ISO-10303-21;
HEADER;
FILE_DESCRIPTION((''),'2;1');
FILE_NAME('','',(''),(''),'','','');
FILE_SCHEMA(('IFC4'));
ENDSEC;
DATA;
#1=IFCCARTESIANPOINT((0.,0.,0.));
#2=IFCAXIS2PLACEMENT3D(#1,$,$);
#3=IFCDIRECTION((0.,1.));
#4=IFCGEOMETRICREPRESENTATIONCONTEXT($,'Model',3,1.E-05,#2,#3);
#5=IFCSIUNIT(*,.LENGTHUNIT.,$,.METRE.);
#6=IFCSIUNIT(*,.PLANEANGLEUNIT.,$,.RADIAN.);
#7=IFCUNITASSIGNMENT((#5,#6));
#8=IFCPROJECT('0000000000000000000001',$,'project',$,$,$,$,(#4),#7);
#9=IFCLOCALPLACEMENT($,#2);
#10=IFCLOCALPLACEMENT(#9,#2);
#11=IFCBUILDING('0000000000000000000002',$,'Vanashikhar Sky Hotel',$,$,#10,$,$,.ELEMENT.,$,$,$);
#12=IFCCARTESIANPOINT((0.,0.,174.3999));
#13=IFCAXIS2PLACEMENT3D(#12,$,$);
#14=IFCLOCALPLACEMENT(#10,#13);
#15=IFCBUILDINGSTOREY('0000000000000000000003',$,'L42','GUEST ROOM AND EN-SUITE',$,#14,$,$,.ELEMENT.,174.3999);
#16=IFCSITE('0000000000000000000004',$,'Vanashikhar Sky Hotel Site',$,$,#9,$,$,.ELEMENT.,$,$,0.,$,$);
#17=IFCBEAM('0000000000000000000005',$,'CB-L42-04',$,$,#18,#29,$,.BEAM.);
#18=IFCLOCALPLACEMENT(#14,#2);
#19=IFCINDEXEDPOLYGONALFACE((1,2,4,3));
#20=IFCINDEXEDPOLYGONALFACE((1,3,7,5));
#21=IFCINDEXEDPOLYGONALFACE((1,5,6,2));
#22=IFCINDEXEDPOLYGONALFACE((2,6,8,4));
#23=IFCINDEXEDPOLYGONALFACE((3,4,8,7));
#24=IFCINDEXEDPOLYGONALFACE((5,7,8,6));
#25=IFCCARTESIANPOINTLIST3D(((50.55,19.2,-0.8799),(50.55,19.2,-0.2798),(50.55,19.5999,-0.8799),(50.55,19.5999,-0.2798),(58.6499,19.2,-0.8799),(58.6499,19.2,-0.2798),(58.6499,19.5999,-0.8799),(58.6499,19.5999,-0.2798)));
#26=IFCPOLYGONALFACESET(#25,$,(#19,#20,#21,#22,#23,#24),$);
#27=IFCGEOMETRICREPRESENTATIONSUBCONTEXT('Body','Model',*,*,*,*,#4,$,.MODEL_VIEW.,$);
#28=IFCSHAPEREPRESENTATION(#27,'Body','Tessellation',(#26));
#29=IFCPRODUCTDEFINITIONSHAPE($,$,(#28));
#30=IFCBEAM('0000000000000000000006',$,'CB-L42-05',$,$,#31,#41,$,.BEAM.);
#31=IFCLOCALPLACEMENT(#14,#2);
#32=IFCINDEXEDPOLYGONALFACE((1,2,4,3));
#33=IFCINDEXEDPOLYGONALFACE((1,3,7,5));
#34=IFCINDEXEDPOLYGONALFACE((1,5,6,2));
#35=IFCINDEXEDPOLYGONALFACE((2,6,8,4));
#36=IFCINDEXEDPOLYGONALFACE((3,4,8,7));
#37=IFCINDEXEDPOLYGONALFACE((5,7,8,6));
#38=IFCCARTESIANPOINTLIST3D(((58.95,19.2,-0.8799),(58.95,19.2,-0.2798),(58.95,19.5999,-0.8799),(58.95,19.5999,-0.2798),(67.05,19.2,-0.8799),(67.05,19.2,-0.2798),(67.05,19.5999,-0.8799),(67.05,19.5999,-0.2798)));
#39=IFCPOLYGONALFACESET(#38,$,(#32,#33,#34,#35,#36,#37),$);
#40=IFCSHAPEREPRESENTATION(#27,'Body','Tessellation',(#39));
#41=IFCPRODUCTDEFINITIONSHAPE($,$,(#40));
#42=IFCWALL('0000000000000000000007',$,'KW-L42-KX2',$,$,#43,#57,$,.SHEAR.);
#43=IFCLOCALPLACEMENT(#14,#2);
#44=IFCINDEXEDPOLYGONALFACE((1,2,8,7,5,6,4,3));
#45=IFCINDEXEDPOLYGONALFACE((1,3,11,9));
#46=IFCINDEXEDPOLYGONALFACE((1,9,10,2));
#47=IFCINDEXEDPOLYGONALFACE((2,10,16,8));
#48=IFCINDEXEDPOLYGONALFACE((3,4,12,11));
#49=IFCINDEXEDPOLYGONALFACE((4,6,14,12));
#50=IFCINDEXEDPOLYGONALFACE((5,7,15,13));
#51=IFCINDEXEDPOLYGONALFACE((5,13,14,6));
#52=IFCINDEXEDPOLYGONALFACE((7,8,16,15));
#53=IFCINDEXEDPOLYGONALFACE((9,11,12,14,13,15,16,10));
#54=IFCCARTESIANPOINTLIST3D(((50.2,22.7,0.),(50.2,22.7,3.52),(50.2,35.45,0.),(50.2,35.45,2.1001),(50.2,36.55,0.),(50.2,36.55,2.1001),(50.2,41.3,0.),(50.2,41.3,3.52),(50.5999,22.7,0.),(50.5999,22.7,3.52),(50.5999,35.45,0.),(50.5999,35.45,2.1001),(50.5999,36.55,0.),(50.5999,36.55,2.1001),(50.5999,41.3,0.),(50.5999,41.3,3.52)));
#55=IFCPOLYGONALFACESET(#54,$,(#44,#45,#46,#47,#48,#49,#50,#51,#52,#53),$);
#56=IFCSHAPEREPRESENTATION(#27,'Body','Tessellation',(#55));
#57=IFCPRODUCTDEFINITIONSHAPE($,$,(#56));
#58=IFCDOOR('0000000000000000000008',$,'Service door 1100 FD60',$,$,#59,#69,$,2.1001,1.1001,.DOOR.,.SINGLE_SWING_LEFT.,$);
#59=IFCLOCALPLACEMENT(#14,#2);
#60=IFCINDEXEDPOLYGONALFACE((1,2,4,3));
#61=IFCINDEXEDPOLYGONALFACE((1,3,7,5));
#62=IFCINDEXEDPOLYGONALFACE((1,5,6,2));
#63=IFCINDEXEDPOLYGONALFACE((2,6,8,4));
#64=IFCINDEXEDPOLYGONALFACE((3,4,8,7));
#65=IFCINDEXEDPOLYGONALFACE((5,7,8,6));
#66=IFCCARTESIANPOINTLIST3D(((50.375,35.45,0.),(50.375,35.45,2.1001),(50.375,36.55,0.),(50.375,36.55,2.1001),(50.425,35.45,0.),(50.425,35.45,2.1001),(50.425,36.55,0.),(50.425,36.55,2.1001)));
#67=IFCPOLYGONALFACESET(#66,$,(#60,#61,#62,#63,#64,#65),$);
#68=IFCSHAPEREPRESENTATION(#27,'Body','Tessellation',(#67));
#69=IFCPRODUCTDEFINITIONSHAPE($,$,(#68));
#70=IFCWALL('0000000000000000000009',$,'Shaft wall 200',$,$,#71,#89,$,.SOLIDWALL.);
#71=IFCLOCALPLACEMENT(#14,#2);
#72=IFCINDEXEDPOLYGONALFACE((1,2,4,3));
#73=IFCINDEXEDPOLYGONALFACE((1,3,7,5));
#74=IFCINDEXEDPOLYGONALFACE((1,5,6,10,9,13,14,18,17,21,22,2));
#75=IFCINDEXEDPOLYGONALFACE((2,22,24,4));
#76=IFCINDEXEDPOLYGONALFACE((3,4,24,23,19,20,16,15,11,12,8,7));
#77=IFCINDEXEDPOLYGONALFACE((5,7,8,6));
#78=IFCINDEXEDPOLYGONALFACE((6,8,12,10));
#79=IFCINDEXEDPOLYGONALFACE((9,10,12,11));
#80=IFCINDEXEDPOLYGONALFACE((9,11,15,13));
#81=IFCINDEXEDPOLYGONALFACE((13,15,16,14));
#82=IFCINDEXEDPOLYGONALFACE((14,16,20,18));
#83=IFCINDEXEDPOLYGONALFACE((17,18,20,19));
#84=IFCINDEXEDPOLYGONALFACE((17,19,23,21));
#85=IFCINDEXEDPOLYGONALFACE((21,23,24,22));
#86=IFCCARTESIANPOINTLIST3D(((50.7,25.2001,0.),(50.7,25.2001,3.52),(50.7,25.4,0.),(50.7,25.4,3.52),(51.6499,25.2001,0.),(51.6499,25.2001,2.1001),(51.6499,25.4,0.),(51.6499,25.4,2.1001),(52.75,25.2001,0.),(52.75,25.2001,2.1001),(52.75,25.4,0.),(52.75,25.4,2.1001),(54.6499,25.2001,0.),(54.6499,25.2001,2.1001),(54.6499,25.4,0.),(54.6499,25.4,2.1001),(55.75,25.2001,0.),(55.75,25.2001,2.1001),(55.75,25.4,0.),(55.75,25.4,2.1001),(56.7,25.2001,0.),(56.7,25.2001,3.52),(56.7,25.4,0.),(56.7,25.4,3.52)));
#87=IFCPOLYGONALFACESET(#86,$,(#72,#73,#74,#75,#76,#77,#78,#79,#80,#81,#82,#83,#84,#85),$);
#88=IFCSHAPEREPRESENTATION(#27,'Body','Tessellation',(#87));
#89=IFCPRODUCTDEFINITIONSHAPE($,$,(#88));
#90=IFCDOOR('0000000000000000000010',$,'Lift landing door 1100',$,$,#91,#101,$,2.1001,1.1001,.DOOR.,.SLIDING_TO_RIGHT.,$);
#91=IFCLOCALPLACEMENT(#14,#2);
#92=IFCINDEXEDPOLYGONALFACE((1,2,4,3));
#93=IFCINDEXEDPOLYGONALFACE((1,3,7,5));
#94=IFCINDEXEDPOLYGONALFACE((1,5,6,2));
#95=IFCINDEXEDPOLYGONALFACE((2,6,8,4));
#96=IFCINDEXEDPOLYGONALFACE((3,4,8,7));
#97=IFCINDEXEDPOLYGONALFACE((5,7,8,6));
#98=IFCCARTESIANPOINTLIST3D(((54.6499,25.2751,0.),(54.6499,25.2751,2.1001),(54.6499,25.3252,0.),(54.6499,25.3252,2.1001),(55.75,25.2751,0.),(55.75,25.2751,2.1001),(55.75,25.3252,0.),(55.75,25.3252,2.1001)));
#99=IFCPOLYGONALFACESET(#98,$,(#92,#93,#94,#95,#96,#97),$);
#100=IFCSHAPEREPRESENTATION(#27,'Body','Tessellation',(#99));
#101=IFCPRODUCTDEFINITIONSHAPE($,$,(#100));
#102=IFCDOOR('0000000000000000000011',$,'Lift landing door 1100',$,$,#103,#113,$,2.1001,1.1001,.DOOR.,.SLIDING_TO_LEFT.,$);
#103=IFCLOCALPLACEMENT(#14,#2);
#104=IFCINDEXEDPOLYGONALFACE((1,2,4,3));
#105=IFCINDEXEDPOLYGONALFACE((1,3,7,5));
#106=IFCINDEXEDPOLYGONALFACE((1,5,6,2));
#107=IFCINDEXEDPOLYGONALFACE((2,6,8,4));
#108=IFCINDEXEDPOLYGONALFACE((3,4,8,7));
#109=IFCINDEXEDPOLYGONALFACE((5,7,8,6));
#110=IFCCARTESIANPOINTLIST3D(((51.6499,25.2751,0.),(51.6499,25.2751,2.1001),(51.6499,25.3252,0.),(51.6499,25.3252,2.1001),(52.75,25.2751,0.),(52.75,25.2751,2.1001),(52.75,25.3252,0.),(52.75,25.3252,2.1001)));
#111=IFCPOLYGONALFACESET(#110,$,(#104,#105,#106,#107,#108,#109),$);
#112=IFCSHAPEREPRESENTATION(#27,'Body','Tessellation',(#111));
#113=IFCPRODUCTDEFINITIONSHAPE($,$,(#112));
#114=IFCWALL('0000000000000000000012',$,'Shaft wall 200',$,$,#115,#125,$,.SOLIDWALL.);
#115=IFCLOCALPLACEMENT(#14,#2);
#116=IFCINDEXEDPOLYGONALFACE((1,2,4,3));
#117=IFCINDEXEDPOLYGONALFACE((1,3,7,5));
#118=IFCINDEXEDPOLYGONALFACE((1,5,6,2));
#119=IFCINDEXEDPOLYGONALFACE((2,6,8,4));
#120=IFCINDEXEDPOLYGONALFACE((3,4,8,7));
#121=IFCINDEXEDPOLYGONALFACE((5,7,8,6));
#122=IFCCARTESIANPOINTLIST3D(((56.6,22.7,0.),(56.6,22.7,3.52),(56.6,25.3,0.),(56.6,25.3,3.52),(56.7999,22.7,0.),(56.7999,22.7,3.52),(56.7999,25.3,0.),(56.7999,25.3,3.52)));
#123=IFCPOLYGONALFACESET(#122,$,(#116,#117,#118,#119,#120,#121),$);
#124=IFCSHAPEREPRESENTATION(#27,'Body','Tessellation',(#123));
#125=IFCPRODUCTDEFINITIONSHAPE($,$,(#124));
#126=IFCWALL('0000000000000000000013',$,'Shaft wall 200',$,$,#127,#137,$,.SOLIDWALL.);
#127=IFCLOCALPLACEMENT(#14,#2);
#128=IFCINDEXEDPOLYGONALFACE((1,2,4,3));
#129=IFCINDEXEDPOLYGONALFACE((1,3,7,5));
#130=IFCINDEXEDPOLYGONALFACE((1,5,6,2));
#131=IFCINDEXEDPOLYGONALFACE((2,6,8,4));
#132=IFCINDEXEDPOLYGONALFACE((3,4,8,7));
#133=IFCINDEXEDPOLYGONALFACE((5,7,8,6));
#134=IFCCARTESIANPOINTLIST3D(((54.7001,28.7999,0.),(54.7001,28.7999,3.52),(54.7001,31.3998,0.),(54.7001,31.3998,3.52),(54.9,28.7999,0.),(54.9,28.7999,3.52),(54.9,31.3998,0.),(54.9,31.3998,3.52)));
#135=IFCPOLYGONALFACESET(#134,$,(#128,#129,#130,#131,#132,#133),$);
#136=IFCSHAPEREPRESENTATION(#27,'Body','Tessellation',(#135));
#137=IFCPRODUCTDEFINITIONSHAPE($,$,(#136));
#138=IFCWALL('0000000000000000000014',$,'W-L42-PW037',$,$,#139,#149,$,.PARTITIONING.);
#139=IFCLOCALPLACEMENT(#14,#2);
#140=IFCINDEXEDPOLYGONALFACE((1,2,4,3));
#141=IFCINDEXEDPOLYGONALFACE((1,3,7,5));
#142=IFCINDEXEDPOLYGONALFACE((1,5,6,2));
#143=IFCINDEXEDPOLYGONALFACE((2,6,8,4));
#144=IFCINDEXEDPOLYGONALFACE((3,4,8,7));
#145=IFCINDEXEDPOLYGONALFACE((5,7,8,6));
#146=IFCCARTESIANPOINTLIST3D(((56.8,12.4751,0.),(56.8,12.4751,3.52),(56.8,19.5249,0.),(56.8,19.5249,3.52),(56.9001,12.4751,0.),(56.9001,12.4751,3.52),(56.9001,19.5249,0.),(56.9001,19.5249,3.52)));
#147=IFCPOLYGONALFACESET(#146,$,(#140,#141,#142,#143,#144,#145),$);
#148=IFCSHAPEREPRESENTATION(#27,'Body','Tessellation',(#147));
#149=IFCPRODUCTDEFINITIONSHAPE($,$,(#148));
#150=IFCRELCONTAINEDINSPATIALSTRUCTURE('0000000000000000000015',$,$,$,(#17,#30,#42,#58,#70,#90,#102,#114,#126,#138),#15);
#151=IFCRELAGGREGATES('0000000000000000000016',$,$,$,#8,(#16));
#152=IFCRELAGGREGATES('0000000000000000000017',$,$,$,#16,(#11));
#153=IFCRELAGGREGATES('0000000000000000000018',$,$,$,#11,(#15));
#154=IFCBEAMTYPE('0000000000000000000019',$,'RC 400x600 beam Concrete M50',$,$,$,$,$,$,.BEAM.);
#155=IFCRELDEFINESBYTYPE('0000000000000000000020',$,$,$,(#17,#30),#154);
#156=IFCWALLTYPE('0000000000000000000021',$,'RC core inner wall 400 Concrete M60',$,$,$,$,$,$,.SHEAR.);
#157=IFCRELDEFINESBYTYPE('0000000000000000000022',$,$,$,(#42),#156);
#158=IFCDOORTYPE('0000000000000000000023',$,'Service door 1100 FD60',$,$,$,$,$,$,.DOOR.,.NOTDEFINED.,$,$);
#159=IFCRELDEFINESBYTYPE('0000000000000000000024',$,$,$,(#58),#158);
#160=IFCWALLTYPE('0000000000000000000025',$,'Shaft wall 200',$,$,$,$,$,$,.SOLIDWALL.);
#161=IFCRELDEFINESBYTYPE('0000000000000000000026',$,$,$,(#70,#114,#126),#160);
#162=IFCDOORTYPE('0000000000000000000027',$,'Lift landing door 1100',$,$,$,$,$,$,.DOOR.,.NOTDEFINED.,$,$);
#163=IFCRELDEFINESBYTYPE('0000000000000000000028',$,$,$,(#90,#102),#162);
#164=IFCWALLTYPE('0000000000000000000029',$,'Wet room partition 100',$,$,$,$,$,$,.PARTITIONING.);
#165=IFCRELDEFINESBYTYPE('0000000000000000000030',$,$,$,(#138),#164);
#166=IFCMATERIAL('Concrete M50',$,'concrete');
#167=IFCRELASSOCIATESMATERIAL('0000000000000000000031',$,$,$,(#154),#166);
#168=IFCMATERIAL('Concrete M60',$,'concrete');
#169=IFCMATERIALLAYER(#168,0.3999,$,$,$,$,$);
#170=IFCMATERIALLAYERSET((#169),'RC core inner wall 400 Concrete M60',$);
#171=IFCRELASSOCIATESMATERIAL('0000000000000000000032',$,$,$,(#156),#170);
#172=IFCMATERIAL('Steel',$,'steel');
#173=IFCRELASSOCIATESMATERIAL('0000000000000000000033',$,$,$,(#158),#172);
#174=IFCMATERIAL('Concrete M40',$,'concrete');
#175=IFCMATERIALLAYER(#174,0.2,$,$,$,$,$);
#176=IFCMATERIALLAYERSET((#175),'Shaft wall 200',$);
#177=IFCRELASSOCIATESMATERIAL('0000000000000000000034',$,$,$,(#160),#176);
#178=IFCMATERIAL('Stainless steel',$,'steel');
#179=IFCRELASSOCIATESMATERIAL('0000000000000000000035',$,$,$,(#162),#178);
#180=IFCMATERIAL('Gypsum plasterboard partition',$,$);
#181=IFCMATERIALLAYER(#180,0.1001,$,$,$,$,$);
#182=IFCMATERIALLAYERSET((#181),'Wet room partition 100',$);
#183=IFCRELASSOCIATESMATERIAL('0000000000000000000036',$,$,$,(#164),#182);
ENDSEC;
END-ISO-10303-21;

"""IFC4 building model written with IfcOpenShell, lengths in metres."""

from ifc_helpers import new_model, si_unit, direction, frame, frame_2d, origin, origin_2d, place, context, subcontext, project, spatial, rectangle, extrude, source, transform, mapped, material, layer, layer_set, material_profile, profile_set, type_object, element, fill, save


model = new_model("IFC4")

# Units and contexts
model_context = context("Model", 3, precision=1e-05, world=origin(), true_north=direction((0.0, 1.0)))
body_context = subcontext(model_context, "Body", "Model", "MODEL_VIEW")
ifc_project = project(units=[si_unit("LENGTHUNIT", "METRE"), si_unit("PLANEANGLEUNIT", "RADIAN")], contexts=[model_context])

# Site, building, storey
site_placement = place(None, origin())
site = spatial("IfcSite", under=ifc_project, at=site_placement, Name="Vanashikhar Sky Hotel Site", CompositionType="ELEMENT", RefElevation=0.0)
building_placement = place(site_placement, origin())
building = spatial("IfcBuilding", under=site, at=building_placement, Name="Vanashikhar Sky Hotel", CompositionType="ELEMENT")
storey_placement = place(building_placement, frame((0.0, 0.0, 174.3999)))
storey = spatial("IfcBuildingStorey", under=building, at=storey_placement, Name="L42", Description="GUEST ROOM AND EN-SUITE", CompositionType="ELEMENT", Elevation=174.3999)

# Beams
ifc_material_1 = material(Name="Concrete M50", Category="concrete")
ifc_material_profile = material_profile(ifc_material_1, rectangle(XDim=0.3999, YDim=0.6001, at=origin_2d()))
ifc_profile_set = profile_set([ifc_material_profile], Name="RC 400x600 beam Concrete M50")
beam_type = type_object("IfcBeamType", Name="RC 400x600 beam Concrete M50", PredefinedType="BEAM", material=ifc_profile_set)
shared_shape_1 = source(origin(), body_context, "Body", "SweptSolid", [
    extrude(rectangle(XDim=0.3999, YDim=0.6001, at=origin_2d()), origin(), (0.0, 0.0, 1.0), 8.0999),
])
beam_1_placement = place(storey_placement, frame((50.55, 19.3999, -0.5798), z_axis=(1.0, 0.0, 0.0), x_axis=(0.0, 1.0, 0.0)))
element("IfcBeam", 1, at=beam_1_placement, inside=storey, type_object=beam_type, Name="CB-L42-04", PredefinedType="BEAM", context=body_context, shape_type="MappedRepresentation", body=[
    mapped(shared_shape_1, transform((0.0, 0.0, 0.0), scale=1.0)),
])
shared_shape_2 = source(origin(), body_context, "Body", "SweptSolid", [
    extrude(rectangle(XDim=0.3999, YDim=0.6001, at=origin_2d()), origin(), (0.0, 0.0, 1.0), 8.1001),
])
beam_2_placement = place(storey_placement, frame((58.95, 19.3999, -0.5798), z_axis=(1.0, 0.0, 0.0), x_axis=(0.0, 1.0, 0.0)))
element("IfcBeam", 2, at=beam_2_placement, inside=storey, type_object=beam_type, Name="CB-L42-05", PredefinedType="BEAM", context=body_context, shape_type="MappedRepresentation", body=[
    mapped(shared_shape_2, transform((0.0, 0.0, 0.0), scale=1.0)),
])

# Wall, opening, door
ifc_material_2 = material(Name="Concrete M60", Category="concrete")
ifc_layer_1 = layer(ifc_material_2, 0.3999)
ifc_layer_set_1 = layer_set([ifc_layer_1], Name="RC core inner wall 400 Concrete M60")
wall_type_1 = type_object("IfcWallType", Name="RC core inner wall 400 Concrete M60", PredefinedType="SHEAR", material=ifc_layer_set_1)
shared_shape_3 = source(origin(), body_context, "Body", "SweptSolid", [
    extrude(rectangle(XDim=18.6001, YDim=0.3999, at=frame_2d((9.3, 0.0))), origin(), (0.0, 0.0, 1.0), 3.52),
])
wall_1_placement = place(storey_placement, frame((50.3999, 22.7, 0.0), z_axis=(0.0, 0.0, 1.0), x_axis=(0.0, 1.0, 0.0)))
wall_1 = element("IfcWall", 3, at=wall_1_placement, inside=storey, type_object=wall_type_1, Name="KW-L42-KX2", PredefinedType="SHEAR", context=body_context, shape_type="MappedRepresentation", body=[
    mapped(shared_shape_3, transform((0.0, 0.0, 0.0), scale=1.0)),
])
shared_shape_4 = source(origin(), body_context, "Body", "SweptSolid", [
    extrude(rectangle(XDim=1.1001, YDim=2.1001, at=frame_2d((0.55, 1.05))), frame((0.0, 0.21, 0.0), z_axis=(0.0, -1.0, 0.0), x_axis=(1.0, 0.0, 0.0)), (0.0, 0.0, 1.0), 0.4199),
])
opening_1_placement = place(wall_1_placement, frame((12.75, 0.0, 0.0)))
opening_1 = element("IfcOpeningElement", 4, at=opening_1_placement, cuts=wall_1, PredefinedType="OPENING", context=body_context, shape_type="MappedRepresentation", body=[
    mapped(shared_shape_4, transform((0.0, 0.0, 0.0), scale=1.0)),
])
ifc_material_3 = material(Name="Steel", Category="steel")
door_type_1 = type_object("IfcDoorType", Name="Service door 1100 FD60", OperationType="NOTDEFINED", PredefinedType="DOOR", material=ifc_material_3)
shared_shape_5 = source(origin(), body_context, "Body", "SweptSolid", [
    extrude(rectangle(XDim=1.1001, YDim=2.1001, at=frame_2d((0.55, 1.05))), frame((0.0, 0.0249, 0.0), z_axis=(0.0, -1.0, 0.0), x_axis=(1.0, 0.0, 0.0)), (0.0, 0.0, 1.0), 0.05),
])
door_1_placement = place(opening_1_placement, origin())
door_1 = element("IfcDoor", 5, at=door_1_placement, inside=storey, type_object=door_type_1, Name="Service door 1100 FD60", OperationType="SINGLE_SWING_LEFT", OverallHeight=2.1001, OverallWidth=1.1001, PredefinedType="DOOR", context=body_context, shape_type="MappedRepresentation", body=[
    mapped(shared_shape_5, transform((0.0, 0.0, 0.0), scale=1.0)),
])
fill(opening_1, door_1)

# Wall, openings, doors
ifc_material_4 = material(Name="Concrete M40", Category="concrete")
ifc_layer_2 = layer(ifc_material_4, 0.2)
ifc_layer_set_2 = layer_set([ifc_layer_2], Name="Shaft wall 200")
wall_type_2 = type_object("IfcWallType", Name="Shaft wall 200", PredefinedType="SOLIDWALL", material=ifc_layer_set_2)
shared_shape_6 = source(origin(), body_context, "Body", "SweptSolid", [
    extrude(rectangle(XDim=6.0, YDim=0.2, at=frame_2d((3.0, 0.0))), origin(), (0.0, 0.0, 1.0), 3.52),
])
wall_2_placement = place(storey_placement, frame((56.7, 25.3, 0.0), z_axis=(0.0, 0.0, 1.0), x_axis=(-1.0, 0.0, 0.0)))
wall_2 = element("IfcWall", 6, at=wall_2_placement, inside=storey, type_object=wall_type_2, Name="Shaft wall 200", PredefinedType="SOLIDWALL", context=body_context, shape_type="MappedRepresentation", body=[
    mapped(shared_shape_6, transform((0.0, 0.0, 0.0), scale=1.0)),
])
shared_shape_7 = source(origin(), body_context, "Body", "SweptSolid", [
    extrude(rectangle(XDim=1.1001, YDim=2.1001, at=frame_2d((0.55, 1.05))), frame((0.0, 0.1099, 0.0), z_axis=(0.0, -1.0, 0.0), x_axis=(1.0, 0.0, 0.0)), (0.0, 0.0, 1.0), 0.22),
])
opening_2_placement = place(wall_2_placement, frame((0.95, 0.0, 0.0)))
opening_2 = element("IfcOpeningElement", 7, at=opening_2_placement, cuts=wall_2, PredefinedType="OPENING", context=body_context, shape_type="MappedRepresentation", body=[
    mapped(shared_shape_7, transform((0.0, 0.0, 0.0), scale=1.0)),
])
opening_3_placement = place(wall_2_placement, frame((3.95, 0.0, 0.0)))
opening_3 = element("IfcOpeningElement", 8, at=opening_3_placement, cuts=wall_2, PredefinedType="OPENING", context=body_context, shape_type="MappedRepresentation", body=[
    mapped(shared_shape_7, transform((0.0, 0.0, 0.0), scale=1.0)),
])
ifc_material_5 = material(Name="Stainless steel", Category="steel")
door_type_2 = type_object("IfcDoorType", Name="Lift landing door 1100", OperationType="NOTDEFINED", PredefinedType="DOOR", material=ifc_material_5)
door_2_placement = place(opening_2_placement, origin())
door_2 = element("IfcDoor", 9, at=door_2_placement, inside=storey, type_object=door_type_2, Name="Lift landing door 1100", OperationType="SLIDING_TO_RIGHT", OverallHeight=2.1001, OverallWidth=1.1001, PredefinedType="DOOR", context=body_context, shape_type="MappedRepresentation", body=[
    mapped(shared_shape_5, transform((0.0, 0.0, 0.0), scale=1.0)),
])
fill(opening_2, door_2)
door_3_placement = place(opening_3_placement, origin())
door_3 = element("IfcDoor", 10, at=door_3_placement, inside=storey, type_object=door_type_2, Name="Lift landing door 1100", OperationType="SLIDING_TO_LEFT", OverallHeight=2.1001, OverallWidth=1.1001, PredefinedType="DOOR", context=body_context, shape_type="MappedRepresentation", body=[
    mapped(shared_shape_5, transform((0.0, 0.0, 0.0), scale=1.0)),
])
fill(opening_3, door_3)

# Walls
shared_shape_8 = source(origin(), body_context, "Body", "SweptSolid", [
    extrude(rectangle(XDim=2.6001, YDim=0.2, at=frame_2d((1.3, 0.0))), origin(), (0.0, 0.0, 1.0), 3.52),
])
wall_3_placement = place(storey_placement, frame((56.7, 22.7, 0.0), z_axis=(0.0, 0.0, 1.0), x_axis=(0.0, 1.0, 0.0)))
element("IfcWall", 11, at=wall_3_placement, inside=storey, type_object=wall_type_2, Name="Shaft wall 200", PredefinedType="SOLIDWALL", context=body_context, shape_type="MappedRepresentation", body=[
    mapped(shared_shape_8, transform((0.0, 0.0, 0.0), scale=1.0)),
])
shared_shape_9 = source(origin(), body_context, "Body", "SweptSolid", [
    extrude(rectangle(XDim=2.5999, YDim=0.2, at=frame_2d((1.2998, 0.0))), origin(), (0.0, 0.0, 1.0), 3.52),
])
wall_4_placement = place(storey_placement, frame((54.8, 28.8, 0.0), z_axis=(0.0, 0.0, 1.0), x_axis=(0.0, 1.0, 0.0)))
element("IfcWall", 12, at=wall_4_placement, inside=storey, type_object=wall_type_2, Name="Shaft wall 200", PredefinedType="SOLIDWALL", context=body_context, shape_type="MappedRepresentation", body=[
    mapped(shared_shape_9, transform((0.0, 0.0, 0.0), scale=1.0)),
])
ifc_material_6 = material(Name="Gypsum plasterboard partition")
ifc_layer_3 = layer(ifc_material_6, 0.1001)
ifc_layer_set_3 = layer_set([ifc_layer_3], Name="Wet room partition 100")
wall_type_3 = type_object("IfcWallType", Name="Wet room partition 100", PredefinedType="PARTITIONING", material=ifc_layer_set_3)
shared_shape_10 = source(origin(), body_context, "Body", "SweptSolid", [
    extrude(rectangle(XDim=7.0498, YDim=0.1001, at=frame_2d((3.5249, 0.0))), origin(), (0.0, 0.0, 1.0), 3.52),
])
wall_5_placement = place(storey_placement, frame((56.8501, 12.4751, 0.0), z_axis=(0.0, 0.0, 1.0), x_axis=(0.0, 1.0, 0.0)))
element("IfcWall", 13, at=wall_5_placement, inside=storey, type_object=wall_type_3, Name="W-L42-PW037", PredefinedType="PARTITIONING", context=body_context, shape_type="MappedRepresentation", body=[
    mapped(shared_shape_10, transform((0.0, 0.0, 0.0), scale=1.0)),
])

save(model, "model.ifc")
